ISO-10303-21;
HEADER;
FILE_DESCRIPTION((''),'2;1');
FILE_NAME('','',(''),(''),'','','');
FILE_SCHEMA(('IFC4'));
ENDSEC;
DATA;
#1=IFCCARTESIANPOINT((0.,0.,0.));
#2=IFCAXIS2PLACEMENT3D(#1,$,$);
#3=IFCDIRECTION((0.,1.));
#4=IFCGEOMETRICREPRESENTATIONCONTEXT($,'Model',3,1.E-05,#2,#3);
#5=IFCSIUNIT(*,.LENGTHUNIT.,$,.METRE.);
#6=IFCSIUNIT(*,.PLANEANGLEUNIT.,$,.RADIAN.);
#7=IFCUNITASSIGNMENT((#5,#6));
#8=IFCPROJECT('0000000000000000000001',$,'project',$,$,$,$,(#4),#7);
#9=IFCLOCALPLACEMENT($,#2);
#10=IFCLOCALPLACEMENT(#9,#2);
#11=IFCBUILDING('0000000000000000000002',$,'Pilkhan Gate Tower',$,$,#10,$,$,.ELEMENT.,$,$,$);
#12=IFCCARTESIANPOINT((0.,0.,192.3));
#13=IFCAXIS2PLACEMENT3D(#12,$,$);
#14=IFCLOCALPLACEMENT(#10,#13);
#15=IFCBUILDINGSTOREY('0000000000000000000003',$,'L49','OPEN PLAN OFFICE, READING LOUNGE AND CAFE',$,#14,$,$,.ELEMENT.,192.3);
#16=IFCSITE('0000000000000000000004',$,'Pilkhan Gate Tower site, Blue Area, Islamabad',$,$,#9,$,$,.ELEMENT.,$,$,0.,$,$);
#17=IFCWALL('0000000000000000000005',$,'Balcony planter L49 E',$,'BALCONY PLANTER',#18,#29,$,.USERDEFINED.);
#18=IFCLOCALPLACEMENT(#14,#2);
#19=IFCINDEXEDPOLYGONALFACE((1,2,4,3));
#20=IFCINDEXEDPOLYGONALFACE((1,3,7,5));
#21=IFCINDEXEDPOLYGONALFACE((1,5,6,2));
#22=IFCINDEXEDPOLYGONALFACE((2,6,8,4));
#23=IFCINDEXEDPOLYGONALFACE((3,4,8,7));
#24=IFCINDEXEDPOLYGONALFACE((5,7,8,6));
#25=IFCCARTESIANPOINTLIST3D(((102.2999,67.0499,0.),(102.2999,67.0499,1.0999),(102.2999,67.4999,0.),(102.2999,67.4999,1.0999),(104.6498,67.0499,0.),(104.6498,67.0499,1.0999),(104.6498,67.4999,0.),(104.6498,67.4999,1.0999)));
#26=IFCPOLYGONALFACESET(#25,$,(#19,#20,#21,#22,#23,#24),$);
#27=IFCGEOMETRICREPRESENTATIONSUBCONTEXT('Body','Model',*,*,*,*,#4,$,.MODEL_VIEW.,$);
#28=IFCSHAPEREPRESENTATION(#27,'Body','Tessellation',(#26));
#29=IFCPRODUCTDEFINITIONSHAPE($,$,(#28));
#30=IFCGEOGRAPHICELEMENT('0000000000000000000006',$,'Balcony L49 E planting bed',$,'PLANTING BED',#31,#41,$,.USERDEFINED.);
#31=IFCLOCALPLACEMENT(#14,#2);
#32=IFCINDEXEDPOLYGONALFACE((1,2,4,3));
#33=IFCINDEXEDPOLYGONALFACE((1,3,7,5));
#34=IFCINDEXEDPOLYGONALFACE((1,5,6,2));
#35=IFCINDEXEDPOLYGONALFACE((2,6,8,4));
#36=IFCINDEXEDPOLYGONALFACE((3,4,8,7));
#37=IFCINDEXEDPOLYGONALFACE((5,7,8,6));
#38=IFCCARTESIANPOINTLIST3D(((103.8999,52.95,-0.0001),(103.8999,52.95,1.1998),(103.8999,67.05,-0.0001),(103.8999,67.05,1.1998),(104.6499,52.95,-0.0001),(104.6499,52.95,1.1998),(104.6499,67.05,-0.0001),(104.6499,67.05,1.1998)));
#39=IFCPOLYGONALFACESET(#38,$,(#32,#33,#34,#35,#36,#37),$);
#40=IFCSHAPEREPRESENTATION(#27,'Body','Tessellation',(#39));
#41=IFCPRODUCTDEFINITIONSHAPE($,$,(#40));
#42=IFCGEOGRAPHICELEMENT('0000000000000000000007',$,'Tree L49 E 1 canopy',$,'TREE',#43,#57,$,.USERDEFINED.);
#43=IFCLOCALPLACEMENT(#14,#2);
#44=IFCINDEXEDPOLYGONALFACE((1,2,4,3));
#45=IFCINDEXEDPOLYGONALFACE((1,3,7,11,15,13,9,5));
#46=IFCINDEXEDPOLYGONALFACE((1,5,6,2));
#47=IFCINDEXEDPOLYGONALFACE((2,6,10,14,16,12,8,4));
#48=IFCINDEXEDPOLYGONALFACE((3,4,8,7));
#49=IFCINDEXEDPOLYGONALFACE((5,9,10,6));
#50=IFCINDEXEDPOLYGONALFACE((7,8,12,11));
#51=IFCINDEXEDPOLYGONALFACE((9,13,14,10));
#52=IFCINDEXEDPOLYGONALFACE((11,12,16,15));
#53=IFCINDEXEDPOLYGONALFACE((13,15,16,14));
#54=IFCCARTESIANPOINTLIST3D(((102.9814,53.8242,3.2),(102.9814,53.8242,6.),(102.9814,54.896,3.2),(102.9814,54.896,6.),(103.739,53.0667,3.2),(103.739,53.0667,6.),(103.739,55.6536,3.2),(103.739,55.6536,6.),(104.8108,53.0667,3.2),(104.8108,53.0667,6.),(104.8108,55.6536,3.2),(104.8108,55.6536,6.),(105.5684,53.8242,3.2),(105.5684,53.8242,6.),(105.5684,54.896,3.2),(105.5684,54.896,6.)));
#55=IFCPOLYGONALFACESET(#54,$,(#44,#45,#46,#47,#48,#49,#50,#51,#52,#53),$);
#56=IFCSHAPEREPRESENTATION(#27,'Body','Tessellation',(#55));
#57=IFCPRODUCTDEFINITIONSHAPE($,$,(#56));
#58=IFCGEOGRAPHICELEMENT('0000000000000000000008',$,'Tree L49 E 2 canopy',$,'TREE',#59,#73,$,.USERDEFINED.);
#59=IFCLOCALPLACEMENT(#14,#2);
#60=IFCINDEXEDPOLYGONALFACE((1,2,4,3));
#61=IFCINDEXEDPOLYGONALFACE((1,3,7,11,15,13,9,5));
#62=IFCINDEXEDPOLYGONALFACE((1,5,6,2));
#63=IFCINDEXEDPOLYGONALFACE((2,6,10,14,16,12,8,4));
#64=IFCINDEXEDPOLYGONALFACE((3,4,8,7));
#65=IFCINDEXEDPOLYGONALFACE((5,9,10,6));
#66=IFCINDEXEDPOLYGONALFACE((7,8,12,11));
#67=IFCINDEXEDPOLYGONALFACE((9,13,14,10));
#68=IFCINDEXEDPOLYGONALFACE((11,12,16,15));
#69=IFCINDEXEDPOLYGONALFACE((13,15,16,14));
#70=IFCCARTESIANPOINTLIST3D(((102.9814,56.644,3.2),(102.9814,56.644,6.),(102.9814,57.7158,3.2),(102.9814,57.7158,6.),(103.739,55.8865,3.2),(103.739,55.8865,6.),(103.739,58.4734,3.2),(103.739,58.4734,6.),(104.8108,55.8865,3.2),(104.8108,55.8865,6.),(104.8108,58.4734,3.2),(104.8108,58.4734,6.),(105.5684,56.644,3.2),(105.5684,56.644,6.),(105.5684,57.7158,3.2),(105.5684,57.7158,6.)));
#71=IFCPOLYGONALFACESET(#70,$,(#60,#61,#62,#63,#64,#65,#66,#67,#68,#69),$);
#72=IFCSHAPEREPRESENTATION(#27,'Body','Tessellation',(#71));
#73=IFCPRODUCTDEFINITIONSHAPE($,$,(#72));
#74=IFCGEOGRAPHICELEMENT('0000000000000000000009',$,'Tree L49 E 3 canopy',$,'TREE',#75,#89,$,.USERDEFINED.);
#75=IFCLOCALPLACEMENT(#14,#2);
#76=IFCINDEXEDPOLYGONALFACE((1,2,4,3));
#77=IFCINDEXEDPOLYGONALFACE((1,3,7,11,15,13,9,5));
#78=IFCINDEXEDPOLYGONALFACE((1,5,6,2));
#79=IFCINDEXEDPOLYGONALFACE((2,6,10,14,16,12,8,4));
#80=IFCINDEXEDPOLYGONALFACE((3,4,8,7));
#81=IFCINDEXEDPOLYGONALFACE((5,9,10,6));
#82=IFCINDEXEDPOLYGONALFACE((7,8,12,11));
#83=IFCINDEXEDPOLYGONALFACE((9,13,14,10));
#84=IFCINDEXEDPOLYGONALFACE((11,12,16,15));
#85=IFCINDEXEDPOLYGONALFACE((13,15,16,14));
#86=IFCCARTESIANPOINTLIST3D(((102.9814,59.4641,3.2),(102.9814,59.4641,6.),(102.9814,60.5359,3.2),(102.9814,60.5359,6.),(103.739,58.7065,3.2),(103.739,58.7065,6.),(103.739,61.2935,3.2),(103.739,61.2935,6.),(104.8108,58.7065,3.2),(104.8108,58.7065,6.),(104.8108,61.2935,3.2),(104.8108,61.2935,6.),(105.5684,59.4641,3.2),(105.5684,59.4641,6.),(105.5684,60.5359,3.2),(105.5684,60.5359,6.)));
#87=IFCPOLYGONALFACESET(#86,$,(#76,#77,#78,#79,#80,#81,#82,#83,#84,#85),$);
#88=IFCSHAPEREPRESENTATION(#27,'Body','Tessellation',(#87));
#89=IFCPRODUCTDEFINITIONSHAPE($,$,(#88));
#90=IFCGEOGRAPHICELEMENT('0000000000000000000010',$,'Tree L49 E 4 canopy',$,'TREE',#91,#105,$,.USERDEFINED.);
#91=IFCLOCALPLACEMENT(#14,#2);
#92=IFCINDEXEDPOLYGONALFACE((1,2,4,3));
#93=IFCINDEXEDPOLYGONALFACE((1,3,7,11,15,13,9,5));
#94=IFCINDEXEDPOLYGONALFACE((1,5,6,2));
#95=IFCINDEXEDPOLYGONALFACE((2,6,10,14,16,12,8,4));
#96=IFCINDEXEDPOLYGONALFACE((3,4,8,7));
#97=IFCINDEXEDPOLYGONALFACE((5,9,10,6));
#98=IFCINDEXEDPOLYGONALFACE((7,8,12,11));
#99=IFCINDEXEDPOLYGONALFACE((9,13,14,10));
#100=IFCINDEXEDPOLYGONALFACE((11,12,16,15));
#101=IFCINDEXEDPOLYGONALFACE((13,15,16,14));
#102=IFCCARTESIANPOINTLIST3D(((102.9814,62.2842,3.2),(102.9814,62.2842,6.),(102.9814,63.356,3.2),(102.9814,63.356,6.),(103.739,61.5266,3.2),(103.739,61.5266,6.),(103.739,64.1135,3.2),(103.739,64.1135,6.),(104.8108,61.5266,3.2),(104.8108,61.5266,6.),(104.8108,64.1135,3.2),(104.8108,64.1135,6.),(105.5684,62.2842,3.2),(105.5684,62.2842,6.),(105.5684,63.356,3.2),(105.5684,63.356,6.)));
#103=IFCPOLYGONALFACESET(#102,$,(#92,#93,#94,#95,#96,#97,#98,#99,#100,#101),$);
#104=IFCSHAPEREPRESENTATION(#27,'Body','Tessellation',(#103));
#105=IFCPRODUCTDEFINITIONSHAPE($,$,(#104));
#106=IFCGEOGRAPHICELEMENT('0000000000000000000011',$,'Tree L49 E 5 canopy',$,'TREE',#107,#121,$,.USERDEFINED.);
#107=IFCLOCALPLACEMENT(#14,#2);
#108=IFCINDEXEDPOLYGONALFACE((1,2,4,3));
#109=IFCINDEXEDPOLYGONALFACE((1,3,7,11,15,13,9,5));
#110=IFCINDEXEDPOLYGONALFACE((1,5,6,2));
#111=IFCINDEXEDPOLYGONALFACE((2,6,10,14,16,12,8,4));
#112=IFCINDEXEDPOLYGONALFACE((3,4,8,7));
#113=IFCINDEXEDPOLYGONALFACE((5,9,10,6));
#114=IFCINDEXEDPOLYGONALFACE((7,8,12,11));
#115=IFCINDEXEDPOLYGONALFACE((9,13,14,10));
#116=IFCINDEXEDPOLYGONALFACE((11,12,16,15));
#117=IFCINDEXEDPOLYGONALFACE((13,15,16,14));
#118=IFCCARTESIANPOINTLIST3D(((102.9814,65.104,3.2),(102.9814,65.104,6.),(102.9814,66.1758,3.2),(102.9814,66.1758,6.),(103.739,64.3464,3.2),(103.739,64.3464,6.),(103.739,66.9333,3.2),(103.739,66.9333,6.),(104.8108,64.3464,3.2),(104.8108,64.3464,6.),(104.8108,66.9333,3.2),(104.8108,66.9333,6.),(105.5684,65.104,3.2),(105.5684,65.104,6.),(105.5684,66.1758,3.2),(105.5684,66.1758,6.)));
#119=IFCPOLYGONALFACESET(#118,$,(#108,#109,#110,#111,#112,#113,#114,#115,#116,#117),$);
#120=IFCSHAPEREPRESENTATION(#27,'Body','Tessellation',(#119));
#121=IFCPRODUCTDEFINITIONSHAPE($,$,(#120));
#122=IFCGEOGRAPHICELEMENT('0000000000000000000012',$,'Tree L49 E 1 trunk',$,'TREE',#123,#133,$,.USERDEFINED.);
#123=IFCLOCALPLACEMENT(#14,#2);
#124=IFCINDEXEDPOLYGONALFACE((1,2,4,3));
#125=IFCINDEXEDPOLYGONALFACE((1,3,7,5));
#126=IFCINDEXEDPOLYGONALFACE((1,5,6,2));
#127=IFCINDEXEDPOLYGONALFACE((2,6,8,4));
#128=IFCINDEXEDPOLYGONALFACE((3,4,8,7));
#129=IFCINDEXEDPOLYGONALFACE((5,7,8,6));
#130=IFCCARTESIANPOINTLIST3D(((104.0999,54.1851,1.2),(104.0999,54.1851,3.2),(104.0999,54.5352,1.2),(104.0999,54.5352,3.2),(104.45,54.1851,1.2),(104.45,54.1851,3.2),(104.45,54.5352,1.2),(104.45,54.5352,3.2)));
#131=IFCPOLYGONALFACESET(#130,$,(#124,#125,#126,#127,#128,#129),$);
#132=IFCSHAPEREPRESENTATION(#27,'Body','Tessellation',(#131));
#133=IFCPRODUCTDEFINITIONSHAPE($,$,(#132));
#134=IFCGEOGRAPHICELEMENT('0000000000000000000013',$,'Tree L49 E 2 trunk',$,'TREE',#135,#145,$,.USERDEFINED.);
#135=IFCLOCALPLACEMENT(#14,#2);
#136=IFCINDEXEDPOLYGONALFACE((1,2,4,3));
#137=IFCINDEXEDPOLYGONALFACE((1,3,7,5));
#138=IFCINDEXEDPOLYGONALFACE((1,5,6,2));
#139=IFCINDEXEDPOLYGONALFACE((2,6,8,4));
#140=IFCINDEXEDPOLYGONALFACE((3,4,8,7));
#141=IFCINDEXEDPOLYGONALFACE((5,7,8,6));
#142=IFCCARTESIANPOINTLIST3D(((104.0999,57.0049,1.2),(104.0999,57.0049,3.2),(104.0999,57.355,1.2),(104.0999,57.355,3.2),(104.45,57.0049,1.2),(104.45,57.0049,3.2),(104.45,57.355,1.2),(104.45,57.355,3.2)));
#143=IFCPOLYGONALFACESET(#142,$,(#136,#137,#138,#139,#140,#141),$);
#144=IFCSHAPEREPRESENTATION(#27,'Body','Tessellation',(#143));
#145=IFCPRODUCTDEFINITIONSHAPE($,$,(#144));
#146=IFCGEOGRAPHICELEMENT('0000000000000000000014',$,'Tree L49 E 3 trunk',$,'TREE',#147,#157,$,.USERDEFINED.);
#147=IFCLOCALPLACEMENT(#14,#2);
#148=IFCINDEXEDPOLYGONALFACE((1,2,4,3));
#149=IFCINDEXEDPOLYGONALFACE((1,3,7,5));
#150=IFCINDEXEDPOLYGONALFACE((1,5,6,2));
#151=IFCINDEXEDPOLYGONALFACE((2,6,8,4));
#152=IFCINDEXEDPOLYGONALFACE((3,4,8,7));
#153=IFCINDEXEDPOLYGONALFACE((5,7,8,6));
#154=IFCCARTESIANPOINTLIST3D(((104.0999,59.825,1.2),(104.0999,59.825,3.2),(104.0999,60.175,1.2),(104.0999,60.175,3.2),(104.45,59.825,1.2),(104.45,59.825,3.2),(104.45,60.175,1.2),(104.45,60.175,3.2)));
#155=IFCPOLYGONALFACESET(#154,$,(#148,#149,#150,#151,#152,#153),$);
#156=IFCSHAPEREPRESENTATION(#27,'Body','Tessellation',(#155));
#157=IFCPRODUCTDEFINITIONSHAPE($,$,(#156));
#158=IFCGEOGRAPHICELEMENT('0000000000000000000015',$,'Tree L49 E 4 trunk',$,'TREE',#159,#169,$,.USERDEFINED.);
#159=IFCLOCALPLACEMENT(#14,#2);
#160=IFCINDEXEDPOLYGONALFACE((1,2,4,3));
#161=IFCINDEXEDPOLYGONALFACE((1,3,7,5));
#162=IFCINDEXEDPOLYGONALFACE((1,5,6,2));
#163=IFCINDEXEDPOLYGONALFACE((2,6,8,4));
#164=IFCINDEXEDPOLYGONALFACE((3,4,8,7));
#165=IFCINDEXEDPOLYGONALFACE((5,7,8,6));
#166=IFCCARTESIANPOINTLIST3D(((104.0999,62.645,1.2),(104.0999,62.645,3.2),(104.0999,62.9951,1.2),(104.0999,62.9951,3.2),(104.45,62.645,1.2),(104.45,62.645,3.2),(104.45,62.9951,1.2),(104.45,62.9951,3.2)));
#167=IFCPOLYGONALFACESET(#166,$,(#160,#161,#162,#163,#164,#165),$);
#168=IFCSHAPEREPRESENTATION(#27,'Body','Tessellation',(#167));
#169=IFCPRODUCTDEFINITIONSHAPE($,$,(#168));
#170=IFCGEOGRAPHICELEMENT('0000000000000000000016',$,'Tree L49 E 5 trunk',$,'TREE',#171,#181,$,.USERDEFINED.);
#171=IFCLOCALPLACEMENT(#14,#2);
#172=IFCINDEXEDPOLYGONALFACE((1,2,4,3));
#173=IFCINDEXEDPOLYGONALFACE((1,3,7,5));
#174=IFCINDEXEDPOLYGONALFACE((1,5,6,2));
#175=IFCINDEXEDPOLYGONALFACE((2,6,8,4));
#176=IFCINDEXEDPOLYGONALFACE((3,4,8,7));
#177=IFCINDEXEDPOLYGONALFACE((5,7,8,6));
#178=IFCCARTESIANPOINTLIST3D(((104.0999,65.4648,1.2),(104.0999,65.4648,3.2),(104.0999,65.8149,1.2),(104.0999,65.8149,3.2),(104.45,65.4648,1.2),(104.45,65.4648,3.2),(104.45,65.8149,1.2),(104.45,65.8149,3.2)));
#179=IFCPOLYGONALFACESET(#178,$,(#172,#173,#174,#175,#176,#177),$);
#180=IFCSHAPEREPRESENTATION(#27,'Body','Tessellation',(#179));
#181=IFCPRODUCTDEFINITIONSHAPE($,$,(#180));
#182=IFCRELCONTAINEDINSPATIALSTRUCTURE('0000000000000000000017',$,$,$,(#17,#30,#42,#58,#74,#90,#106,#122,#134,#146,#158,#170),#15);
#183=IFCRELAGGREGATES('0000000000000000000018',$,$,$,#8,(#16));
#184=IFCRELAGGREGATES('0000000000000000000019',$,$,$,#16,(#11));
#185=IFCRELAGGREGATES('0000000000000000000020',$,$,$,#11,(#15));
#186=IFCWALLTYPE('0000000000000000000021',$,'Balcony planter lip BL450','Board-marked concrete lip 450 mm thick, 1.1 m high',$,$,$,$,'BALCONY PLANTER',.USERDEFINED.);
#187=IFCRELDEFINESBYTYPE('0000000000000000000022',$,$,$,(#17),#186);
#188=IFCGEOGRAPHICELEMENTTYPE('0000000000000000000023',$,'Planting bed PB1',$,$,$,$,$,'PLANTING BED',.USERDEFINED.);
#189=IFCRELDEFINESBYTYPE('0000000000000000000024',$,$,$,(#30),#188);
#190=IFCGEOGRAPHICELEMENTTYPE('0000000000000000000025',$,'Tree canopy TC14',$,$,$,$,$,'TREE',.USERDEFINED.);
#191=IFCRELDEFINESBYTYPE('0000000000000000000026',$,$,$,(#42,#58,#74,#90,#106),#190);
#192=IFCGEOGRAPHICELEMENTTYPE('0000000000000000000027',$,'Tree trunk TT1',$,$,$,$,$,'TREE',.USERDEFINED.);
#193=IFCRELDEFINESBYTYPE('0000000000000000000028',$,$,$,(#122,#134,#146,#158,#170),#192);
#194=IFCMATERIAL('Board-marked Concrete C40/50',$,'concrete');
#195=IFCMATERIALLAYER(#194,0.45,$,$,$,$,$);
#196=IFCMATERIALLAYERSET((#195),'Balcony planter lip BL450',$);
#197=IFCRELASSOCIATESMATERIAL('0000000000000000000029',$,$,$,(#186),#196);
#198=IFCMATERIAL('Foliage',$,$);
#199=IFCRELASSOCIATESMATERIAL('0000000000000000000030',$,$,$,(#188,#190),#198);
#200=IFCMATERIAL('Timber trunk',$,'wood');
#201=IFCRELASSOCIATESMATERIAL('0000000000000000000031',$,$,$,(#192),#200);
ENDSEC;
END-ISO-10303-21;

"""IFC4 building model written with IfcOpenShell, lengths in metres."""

from ifc_helpers import new_model, si_unit, direction, frame, frame_2d, origin, origin_2d, place, context, subcontext, project, spatial, polyline, rectangle, outline, extrude, material, layer, layer_set, material_profile, profile_set, type_object, element, save


model = new_model("IFC4")

# Units and contexts
model_context = context("Model", 3, precision=1e-05, world=origin(), true_north=direction((0.0, 1.0)))
body_context = subcontext(model_context, "Body", "Model", "MODEL_VIEW")
ifc_project = project(units=[si_unit("LENGTHUNIT", "METRE"), si_unit("PLANEANGLEUNIT", "RADIAN")], contexts=[model_context])

# Site, building, storey
site_placement = place(None, origin())
site = spatial("IfcSite", under=ifc_project, at=site_placement, Name="Pilkhan Gate Tower site, Blue Area, Islamabad", CompositionType="ELEMENT", RefElevation=0.0)
building_placement = place(site_placement, origin())
building = spatial("IfcBuilding", under=site, at=building_placement, Name="Pilkhan Gate Tower", CompositionType="ELEMENT")
storey_placement = place(building_placement, frame((0.0, 0.0, 192.3)))
storey = spatial("IfcBuildingStorey", under=building, at=storey_placement, Name="L49", Description="OPEN PLAN OFFICE, READING LOUNGE AND CAFE", CompositionType="ELEMENT", Elevation=192.3)

# Wall
ifc_material_1 = material(Name="Board-marked Concrete C40/50", Category="concrete")
ifc_layer_1 = layer(ifc_material_1, 0.45)
ifc_layer_set_1 = layer_set([ifc_layer_1], Name="Balcony planter lip BL450")
wall_type_1 = type_object("IfcWallType", Name="Balcony planter lip BL450", Description="Board-marked concrete lip 450 mm thick, 1.1 m high", ElementType="BALCONY PLANTER", PredefinedType="USERDEFINED", material=ifc_layer_set_1)
for number, where, z_axis, x_axis, name in (
    (1, (102.3, 67.2749, 0.0), (0.0, 0.0, 1.0), (1.0, 0.0, 0.0), "Balcony planter L49 E"),
):
    element("IfcWall", number, at=place(storey_placement, frame(where, z_axis=z_axis, x_axis=x_axis)), inside=storey, type_object=wall_type_1, Name=name, ObjectType="BALCONY PLANTER", PredefinedType="USERDEFINED", context=body_context, shape_type="SweptSolid", body=[
        extrude(rectangle(XDim=2.3499, YDim=0.45, at=frame_2d((1.1748, 0.0))), origin(), (0.0, 0.0, 1.0), 1.0999),
    ])

# Geographic elements
ifc_material_2 = material(Name="Foliage")
ifc_material_profile_1 = material_profile(ifc_material_2, rectangle(XDim=0.75, YDim=1.2, at=origin_2d()), Name="Bed 750x1200")
ifc_profile_set_1 = profile_set([ifc_material_profile_1], Name="Foliage")
geographic_element_type_1 = type_object("IfcGeographicElementType", Name="Planting bed PB1", ElementType="PLANTING BED", PredefinedType="USERDEFINED", material=ifc_profile_set_1)
geographic_element_placement = place(storey_placement, frame((104.2749, 52.95, 0.5999), z_axis=(0.0, 1.0, 0.0), x_axis=(-1.0, 0.0, 0.0)))
element("IfcGeographicElement", 2, at=geographic_element_placement, inside=storey, type_object=geographic_element_type_1, Name="Balcony L49 E planting bed", ObjectType="PLANTING BED", PredefinedType="USERDEFINED", context=body_context, shape_type="SweptSolid", body=[
    extrude(rectangle(XDim=0.75, YDim=1.2, at=origin_2d()), origin(), (0.0, 0.0, 1.0), 14.1001),
])
ifc_material_profile_2 = material_profile(ifc_material_2, outline(polyline([(1.2935, 0.5359), (0.5359, 1.2935), (-0.5359, 1.2935), (-1.2935, 0.5359), (-1.2935, -0.5359), (-0.5359, -1.2935), (0.5359, -1.2935), (1.2935, -0.5359), (1.2935, 0.5359)])), Name="Canopy D2.8")
ifc_profile_set_2 = profile_set([ifc_material_profile_2], Name="Foliage")
geographic_element_type_2 = type_object("IfcGeographicElementType", Name="Tree canopy TC14", ElementType="TREE", PredefinedType="USERDEFINED", material=ifc_profile_set_2)
for number, where, z_axis, x_axis, name in (
    (3, (104.2749, 54.3601, 3.2), (0.0, 0.0, 1.0), (1.0, 0.0, 0.0), "Tree L49 E 1 canopy"),
    (4, (104.2749, 57.1799, 3.2), (0.0, 0.0, 1.0), (1.0, 0.0, 0.0), "Tree L49 E 2 canopy"),
    (5, (104.2749, 60.0, 3.2), (0.0, 0.0, 1.0), (1.0, 0.0, 0.0), "Tree L49 E 3 canopy"),
    (6, (104.2749, 62.8201, 3.2), (0.0, 0.0, 1.0), (1.0, 0.0, 0.0), "Tree L49 E 4 canopy"),
    (7, (104.2749, 65.6399, 3.2), (0.0, 0.0, 1.0), (1.0, 0.0, 0.0), "Tree L49 E 5 canopy"),
):
    element("IfcGeographicElement", number, at=place(storey_placement, frame(where, z_axis=z_axis, x_axis=x_axis)), inside=storey, type_object=geographic_element_type_2, Name=name, ObjectType="TREE", PredefinedType="USERDEFINED", context=body_context, shape_type="SweptSolid", body=[
        extrude(outline(polyline([(1.2935, 0.5359), (0.5359, 1.2935), (-0.5359, 1.2935), (-1.2935, 0.5359), (-1.2935, -0.5359), (-0.5359, -1.2935), (0.5359, -1.2935), (1.2935, -0.5359), (1.2935, 0.5359)])), origin(), (0.0, 0.0, 1.0), 2.8),
    ])
ifc_material_3 = material(Name="Timber trunk", Category="wood")
geographic_element_type_3 = type_object("IfcGeographicElementType", Name="Tree trunk TT1", ElementType="TREE", PredefinedType="USERDEFINED", material=ifc_material_3)
for number, where, z_axis, x_axis, name in (
    (8, (104.2749, 54.3601, 1.2), (0.0, 0.0, 1.0), (1.0, 0.0, 0.0), "Tree L49 E 1 trunk"),
    (9, (104.2749, 57.1799, 1.2), (0.0, 0.0, 1.0), (1.0, 0.0, 0.0), "Tree L49 E 2 trunk"),
    (10, (104.2749, 60.0, 1.2), (0.0, 0.0, 1.0), (1.0, 0.0, 0.0), "Tree L49 E 3 trunk"),
    (11, (104.2749, 62.8201, 1.2), (0.0, 0.0, 1.0), (1.0, 0.0, 0.0), "Tree L49 E 4 trunk"),
    (12, (104.2749, 65.6399, 1.2), (0.0, 0.0, 1.0), (1.0, 0.0, 0.0), "Tree L49 E 5 trunk"),
):
    element("IfcGeographicElement", number, at=place(storey_placement, frame(where, z_axis=z_axis, x_axis=x_axis)), inside=storey, type_object=geographic_element_type_3, Name=name, ObjectType="TREE", PredefinedType="USERDEFINED", context=body_context, shape_type="SweptSolid", body=[
        extrude(rectangle(XDim=0.3501, YDim=0.3501, at=origin_2d()), origin(), (0.0, 0.0, 1.0), 2.0),
    ])

save(model, "model.ifc")
